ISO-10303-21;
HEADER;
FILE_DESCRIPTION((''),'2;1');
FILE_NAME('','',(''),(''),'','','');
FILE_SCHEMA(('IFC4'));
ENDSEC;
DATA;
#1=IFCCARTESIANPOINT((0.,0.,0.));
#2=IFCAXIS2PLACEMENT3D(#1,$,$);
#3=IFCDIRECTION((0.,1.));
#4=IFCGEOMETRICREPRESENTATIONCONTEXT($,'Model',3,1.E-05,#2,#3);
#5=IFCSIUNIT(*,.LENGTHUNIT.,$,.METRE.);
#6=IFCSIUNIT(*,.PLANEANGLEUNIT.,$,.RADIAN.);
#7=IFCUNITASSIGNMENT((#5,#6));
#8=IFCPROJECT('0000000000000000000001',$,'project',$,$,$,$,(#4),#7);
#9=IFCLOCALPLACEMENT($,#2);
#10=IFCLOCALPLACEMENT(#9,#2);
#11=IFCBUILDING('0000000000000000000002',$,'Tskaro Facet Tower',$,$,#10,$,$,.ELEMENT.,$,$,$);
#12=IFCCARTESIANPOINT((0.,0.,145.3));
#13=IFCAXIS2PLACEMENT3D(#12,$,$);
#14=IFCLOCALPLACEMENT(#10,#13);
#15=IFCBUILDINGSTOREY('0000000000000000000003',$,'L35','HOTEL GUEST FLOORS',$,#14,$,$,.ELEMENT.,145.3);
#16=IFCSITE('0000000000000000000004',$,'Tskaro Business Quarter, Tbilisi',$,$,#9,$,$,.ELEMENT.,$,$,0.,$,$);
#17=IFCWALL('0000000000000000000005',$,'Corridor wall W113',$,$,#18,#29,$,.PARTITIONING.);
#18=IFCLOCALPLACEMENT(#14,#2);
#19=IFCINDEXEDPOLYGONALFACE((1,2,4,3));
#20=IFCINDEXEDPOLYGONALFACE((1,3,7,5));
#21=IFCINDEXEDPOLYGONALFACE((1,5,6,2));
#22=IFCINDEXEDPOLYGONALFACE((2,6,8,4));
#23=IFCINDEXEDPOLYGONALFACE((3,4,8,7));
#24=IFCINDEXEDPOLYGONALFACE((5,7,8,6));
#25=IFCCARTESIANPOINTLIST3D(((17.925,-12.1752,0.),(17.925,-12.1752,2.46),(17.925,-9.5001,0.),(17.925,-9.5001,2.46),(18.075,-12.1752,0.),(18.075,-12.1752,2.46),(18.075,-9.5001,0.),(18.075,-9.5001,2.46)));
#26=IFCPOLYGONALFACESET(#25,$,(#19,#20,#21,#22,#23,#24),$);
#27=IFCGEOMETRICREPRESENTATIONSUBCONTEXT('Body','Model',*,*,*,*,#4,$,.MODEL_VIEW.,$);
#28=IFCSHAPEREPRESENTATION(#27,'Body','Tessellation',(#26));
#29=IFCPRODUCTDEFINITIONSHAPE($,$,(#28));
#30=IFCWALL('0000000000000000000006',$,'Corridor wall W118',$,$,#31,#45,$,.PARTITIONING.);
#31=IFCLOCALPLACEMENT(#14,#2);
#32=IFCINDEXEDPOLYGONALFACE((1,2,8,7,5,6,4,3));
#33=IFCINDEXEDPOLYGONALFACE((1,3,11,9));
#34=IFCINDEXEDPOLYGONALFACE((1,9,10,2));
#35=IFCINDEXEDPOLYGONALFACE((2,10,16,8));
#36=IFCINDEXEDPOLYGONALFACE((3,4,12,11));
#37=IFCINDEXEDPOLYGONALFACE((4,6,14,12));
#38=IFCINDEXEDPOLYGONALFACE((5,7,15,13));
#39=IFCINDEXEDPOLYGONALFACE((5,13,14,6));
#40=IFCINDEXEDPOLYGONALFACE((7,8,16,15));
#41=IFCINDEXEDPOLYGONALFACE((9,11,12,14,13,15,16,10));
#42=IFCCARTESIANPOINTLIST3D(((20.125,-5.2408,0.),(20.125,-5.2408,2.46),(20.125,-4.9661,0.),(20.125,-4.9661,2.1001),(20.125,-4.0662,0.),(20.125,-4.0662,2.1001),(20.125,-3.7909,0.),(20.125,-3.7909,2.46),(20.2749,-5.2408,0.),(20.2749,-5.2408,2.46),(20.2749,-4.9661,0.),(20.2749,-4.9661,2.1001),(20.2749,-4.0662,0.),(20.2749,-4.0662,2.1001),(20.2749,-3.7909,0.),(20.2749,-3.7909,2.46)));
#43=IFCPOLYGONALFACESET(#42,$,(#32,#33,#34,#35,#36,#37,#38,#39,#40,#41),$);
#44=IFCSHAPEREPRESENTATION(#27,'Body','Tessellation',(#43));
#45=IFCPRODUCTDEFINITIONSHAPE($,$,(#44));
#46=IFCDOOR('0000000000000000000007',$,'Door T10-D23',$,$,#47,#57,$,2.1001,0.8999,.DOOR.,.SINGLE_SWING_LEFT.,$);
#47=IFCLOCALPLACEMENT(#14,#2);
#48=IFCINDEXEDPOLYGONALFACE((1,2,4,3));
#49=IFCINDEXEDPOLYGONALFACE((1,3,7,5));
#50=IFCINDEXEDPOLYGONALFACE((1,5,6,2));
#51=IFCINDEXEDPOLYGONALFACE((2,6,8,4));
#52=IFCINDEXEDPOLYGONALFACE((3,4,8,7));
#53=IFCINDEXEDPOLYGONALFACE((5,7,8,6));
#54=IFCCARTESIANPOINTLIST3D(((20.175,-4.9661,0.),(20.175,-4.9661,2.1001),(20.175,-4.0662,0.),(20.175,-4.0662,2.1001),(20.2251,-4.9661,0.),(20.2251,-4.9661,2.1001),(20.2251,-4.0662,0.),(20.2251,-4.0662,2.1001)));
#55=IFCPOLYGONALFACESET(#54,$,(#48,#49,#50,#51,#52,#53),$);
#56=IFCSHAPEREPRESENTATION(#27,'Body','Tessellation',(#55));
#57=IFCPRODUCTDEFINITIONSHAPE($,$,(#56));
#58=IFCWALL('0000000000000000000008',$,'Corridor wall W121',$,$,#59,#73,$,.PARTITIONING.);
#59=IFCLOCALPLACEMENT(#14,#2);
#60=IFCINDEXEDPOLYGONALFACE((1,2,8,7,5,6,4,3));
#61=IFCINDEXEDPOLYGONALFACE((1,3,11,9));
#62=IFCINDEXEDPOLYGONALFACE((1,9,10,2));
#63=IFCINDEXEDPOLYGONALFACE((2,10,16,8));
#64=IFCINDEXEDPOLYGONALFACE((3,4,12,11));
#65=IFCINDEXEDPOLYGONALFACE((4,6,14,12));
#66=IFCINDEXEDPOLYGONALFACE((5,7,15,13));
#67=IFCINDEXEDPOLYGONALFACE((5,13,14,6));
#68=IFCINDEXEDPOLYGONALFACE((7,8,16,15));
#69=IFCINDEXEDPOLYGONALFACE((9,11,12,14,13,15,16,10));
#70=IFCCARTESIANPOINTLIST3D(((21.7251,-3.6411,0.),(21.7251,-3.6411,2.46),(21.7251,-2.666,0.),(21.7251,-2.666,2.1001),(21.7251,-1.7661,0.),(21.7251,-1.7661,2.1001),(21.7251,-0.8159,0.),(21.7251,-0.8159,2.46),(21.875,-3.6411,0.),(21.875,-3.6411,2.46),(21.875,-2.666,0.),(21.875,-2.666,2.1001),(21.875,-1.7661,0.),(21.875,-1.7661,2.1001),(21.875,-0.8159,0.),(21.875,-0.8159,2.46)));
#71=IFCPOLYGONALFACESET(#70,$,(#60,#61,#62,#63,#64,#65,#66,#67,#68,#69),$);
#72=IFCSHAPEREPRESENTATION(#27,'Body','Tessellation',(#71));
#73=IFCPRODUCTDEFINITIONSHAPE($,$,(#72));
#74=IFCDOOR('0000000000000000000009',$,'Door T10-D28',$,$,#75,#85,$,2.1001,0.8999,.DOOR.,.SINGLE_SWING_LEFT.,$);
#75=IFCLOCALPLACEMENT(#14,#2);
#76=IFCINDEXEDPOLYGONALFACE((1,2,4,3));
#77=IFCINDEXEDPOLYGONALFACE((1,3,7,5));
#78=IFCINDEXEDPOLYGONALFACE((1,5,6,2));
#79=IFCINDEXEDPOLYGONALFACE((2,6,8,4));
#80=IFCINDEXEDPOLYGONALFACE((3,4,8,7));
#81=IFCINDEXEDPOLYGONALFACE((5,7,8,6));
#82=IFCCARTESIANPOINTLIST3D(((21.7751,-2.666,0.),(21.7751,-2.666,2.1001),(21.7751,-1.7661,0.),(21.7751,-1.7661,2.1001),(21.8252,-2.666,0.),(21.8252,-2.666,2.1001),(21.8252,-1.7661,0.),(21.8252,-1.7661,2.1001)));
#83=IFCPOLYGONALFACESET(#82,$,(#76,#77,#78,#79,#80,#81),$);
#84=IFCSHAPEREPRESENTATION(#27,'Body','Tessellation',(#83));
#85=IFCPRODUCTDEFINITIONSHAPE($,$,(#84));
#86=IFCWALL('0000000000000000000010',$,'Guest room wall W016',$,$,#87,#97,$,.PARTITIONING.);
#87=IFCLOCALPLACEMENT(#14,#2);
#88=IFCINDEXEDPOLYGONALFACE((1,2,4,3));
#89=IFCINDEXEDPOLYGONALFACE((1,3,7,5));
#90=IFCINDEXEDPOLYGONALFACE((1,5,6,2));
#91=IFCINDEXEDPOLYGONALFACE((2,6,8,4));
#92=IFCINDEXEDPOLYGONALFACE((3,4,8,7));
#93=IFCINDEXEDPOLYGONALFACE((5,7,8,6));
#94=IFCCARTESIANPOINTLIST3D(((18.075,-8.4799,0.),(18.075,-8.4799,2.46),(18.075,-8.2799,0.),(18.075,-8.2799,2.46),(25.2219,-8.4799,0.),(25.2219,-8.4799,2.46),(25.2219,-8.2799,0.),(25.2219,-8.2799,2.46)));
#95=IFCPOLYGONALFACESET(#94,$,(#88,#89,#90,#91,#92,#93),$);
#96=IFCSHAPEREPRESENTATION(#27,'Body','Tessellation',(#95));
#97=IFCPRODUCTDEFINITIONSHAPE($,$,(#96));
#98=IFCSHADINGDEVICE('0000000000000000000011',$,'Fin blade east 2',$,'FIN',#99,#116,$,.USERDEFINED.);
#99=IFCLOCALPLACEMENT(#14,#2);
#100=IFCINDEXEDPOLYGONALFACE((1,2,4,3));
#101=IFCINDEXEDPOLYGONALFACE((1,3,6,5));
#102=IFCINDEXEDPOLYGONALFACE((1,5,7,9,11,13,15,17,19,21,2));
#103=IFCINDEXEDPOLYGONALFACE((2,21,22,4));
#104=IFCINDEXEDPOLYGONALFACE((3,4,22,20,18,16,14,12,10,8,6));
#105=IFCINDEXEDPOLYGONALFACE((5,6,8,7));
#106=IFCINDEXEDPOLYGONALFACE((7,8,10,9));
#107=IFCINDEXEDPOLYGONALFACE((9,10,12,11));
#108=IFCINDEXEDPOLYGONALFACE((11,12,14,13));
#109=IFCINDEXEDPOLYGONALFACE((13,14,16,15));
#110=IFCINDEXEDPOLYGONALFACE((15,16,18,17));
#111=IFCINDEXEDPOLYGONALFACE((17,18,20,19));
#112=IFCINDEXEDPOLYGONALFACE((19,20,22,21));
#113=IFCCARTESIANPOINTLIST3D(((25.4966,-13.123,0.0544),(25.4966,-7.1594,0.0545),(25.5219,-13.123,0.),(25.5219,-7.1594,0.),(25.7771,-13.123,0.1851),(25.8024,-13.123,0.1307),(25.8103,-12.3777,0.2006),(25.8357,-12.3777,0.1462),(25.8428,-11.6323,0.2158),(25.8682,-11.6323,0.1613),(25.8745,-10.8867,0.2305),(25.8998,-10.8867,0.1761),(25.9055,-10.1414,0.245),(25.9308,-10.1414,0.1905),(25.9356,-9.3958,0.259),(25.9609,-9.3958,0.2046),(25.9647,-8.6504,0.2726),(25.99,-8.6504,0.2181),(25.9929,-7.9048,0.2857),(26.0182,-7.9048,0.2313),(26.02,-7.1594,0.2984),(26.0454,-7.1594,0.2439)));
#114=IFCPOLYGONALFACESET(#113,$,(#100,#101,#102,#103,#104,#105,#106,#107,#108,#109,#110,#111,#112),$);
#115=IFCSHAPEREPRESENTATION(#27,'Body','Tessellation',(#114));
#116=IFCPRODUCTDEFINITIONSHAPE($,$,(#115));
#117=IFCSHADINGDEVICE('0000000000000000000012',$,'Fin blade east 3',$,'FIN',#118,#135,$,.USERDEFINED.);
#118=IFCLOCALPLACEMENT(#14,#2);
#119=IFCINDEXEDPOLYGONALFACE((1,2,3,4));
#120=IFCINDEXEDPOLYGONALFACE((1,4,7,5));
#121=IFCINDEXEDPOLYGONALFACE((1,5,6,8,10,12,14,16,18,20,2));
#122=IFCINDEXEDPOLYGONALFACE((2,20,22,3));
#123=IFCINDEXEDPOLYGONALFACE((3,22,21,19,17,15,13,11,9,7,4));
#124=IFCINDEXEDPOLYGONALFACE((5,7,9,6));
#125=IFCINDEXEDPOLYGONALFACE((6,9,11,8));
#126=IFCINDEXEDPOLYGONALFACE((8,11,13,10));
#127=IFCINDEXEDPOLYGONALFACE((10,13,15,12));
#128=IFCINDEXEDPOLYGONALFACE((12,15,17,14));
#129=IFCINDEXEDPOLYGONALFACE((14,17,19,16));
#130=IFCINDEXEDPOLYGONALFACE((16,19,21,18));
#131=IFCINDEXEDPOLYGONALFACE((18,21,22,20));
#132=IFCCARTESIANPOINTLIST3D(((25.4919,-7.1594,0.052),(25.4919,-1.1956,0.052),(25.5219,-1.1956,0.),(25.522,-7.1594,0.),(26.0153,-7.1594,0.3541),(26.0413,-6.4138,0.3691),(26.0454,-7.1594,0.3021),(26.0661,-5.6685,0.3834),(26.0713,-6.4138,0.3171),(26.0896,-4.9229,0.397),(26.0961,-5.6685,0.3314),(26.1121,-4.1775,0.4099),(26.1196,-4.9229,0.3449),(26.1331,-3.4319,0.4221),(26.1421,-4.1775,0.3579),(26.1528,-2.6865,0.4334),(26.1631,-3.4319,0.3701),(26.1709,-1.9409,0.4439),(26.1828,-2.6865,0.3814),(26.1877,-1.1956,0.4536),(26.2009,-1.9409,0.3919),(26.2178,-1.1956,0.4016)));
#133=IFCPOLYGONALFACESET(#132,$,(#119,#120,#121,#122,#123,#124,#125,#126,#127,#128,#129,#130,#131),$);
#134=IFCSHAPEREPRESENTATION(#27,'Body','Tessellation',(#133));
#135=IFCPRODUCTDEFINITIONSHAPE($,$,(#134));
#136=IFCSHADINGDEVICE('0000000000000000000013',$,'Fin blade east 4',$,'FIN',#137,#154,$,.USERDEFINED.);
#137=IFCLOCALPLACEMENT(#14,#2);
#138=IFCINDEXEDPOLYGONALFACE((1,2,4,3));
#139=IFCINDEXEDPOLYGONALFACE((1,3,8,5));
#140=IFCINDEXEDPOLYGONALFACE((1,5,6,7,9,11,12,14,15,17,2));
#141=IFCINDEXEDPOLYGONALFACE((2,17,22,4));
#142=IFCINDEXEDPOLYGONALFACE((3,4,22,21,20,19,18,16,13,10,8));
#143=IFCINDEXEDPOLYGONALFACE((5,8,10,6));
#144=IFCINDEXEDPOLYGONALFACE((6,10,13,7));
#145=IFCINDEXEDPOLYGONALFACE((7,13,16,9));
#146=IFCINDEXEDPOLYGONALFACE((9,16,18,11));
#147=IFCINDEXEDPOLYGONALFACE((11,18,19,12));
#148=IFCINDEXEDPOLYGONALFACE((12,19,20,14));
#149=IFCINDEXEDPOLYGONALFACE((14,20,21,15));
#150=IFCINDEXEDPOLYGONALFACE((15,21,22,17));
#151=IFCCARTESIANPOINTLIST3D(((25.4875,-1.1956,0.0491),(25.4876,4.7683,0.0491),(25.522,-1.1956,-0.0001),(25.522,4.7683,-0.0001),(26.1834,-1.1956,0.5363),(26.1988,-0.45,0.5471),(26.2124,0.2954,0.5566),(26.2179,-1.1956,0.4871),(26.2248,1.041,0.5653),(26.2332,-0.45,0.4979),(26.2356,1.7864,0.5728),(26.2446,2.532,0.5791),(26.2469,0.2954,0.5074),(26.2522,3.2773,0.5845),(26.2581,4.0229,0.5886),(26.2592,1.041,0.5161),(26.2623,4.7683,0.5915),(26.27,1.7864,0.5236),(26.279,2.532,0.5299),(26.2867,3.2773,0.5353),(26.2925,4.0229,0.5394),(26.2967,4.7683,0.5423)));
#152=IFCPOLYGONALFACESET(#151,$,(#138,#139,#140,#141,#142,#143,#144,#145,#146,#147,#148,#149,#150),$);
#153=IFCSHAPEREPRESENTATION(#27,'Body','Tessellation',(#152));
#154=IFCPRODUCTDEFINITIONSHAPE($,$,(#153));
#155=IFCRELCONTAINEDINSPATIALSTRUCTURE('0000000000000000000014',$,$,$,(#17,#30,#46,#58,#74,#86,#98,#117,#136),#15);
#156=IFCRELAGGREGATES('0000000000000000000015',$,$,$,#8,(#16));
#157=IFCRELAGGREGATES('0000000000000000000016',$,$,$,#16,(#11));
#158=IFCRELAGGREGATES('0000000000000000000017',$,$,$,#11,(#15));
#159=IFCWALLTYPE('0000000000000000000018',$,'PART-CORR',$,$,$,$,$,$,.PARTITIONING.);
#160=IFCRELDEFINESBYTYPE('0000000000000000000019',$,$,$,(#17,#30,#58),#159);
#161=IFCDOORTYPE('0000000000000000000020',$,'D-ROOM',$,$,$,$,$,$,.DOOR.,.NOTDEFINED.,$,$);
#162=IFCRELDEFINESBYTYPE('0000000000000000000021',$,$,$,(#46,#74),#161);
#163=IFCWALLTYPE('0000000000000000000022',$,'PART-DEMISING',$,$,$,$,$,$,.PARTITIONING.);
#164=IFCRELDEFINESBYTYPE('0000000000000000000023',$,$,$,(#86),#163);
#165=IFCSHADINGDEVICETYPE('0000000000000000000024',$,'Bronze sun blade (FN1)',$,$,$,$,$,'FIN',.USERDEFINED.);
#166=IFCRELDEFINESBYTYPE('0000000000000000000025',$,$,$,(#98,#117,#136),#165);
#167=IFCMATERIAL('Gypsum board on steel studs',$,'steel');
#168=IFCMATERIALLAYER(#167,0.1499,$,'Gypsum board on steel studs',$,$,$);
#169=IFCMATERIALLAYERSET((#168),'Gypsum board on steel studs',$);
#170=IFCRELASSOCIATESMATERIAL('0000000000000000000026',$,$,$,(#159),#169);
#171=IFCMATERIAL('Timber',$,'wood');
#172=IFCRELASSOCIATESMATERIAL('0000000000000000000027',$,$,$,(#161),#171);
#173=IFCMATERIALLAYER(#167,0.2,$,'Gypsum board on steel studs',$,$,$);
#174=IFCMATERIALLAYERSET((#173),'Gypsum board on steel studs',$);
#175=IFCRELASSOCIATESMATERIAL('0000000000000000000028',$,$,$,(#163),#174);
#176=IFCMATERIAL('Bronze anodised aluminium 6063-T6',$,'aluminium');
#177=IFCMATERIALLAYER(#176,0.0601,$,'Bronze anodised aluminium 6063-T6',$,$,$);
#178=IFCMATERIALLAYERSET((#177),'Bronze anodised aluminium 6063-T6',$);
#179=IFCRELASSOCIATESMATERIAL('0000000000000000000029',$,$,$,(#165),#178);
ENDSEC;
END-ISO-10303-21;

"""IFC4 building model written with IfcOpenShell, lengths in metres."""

from ifc_helpers import new_model, si_unit, direction, frame, frame_2d, origin, place, context, subcontext, project, spatial, polyline, rectangle, outline, extrude, material, layer, layer_set, type_object, element, fill, save


model = new_model("IFC4")

# Units and contexts
model_context = context("Model", 3, precision=1e-05, world=origin(), true_north=direction((0.0, 1.0)))
body_context = subcontext(model_context, "Body", "Model", "MODEL_VIEW")
ifc_project = project(units=[si_unit("LENGTHUNIT", "METRE"), si_unit("PLANEANGLEUNIT", "RADIAN")], contexts=[model_context])

# Site, building, storey
site_placement = place(None, origin())
site = spatial("IfcSite", under=ifc_project, at=site_placement, Name="Tskaro Business Quarter, Tbilisi", CompositionType="ELEMENT", RefElevation=0.0)
building_placement = place(site_placement, origin())
building = spatial("IfcBuilding", under=site, at=building_placement, Name="Tskaro Facet Tower", CompositionType="ELEMENT")
storey_placement = place(building_placement, frame((0.0, 0.0, 145.3)))
storey = spatial("IfcBuildingStorey", under=building, at=storey_placement, Name="L35", Description="HOTEL GUEST FLOORS", CompositionType="ELEMENT", Elevation=145.3)

# Shared definitions
ifc_material_1 = material(Name="Bronze anodised aluminium 6063-T6", Category="aluminium")

# Shared definitions
ifc_material_2 = material(Name="Gypsum board on steel studs", Category="steel")
ifc_layer_1 = layer(ifc_material_2, 0.1499, Name="Gypsum board on steel studs")
ifc_layer_set_1 = layer_set([ifc_layer_1], Name="Gypsum board on steel studs")
wall_type_1 = type_object("IfcWallType", Name="PART-CORR", PredefinedType="PARTITIONING", material=ifc_layer_set_1)
ifc_material_3 = material(Name="Timber", Category="wood")
door_type = type_object("IfcDoorType", Name="D-ROOM", OperationType="NOTDEFINED", PredefinedType="DOOR", material=ifc_material_3)

# Wall
wall_1_placement = place(storey_placement, frame((18.0, -12.175, 0.0), z_axis=(0.0, 0.0, 1.0), x_axis=(0.0, 1.0, 0.0)))
element("IfcWall", 1, at=wall_1_placement, inside=storey, type_object=wall_type_1, Name="Corridor wall W113", PredefinedType="PARTITIONING", context=body_context, shape_type="SweptSolid", body=[
    extrude(rectangle(XDim=2.675, YDim=0.1499, at=frame_2d((1.3374, 0.0))), origin(), (0.0, 0.0, 1.0), 2.46),
])

# Walls, openings, doors
wall_2_placement = place(storey_placement, frame((20.2, -5.241, 0.0), z_axis=(0.0, 0.0, 1.0), x_axis=(0.0, 1.0, 0.0)))
wall_2 = element("IfcWall", 2, at=wall_2_placement, inside=storey, type_object=wall_type_1, Name="Corridor wall W118", PredefinedType="PARTITIONING", context=body_context, shape_type="SweptSolid", body=[
    extrude(rectangle(XDim=1.45, YDim=0.1499, at=frame_2d((0.7251, 0.0))), origin(), (0.0, 0.0, 1.0), 2.46),
])
opening_1_placement = place(wall_2_placement, frame((0.2749, 0.0, 0.0)))
opening_1 = element("IfcOpeningElement", 3, at=opening_1_placement, cuts=wall_2, PredefinedType="OPENING", context=body_context, shape_type="SweptSolid", body=[
    extrude(rectangle(XDim=0.8999, YDim=2.1001, at=frame_2d((0.45, 1.05))), frame((0.0, 0.085, 0.0), z_axis=(0.0, -1.0, 0.0), x_axis=(1.0, 0.0, 0.0)), (0.0, 0.0, 1.0), 0.1699),
])
door_1_placement = place(opening_1_placement, origin())
door_1 = element("IfcDoor", 4, at=door_1_placement, inside=storey, type_object=door_type, Name="Door T10-D23", OperationType="SINGLE_SWING_LEFT", OverallHeight=2.1001, OverallWidth=0.8999, PredefinedType="DOOR", context=body_context, shape_type="SweptSolid", body=[
    extrude(rectangle(XDim=0.8999, YDim=2.1001, at=frame_2d((0.45, 1.05))), frame((0.0, 0.0249, 0.0), z_axis=(0.0, -1.0, 0.0), x_axis=(1.0, 0.0, 0.0)), (0.0, 0.0, 1.0), 0.05),
])
fill(opening_1, door_1)
wall_3_placement = place(storey_placement, frame((21.8, -3.6411, 0.0), z_axis=(0.0, 0.0, 1.0), x_axis=(0.0, 1.0, 0.0)))
wall_3 = element("IfcWall", 5, at=wall_3_placement, inside=storey, type_object=wall_type_1, Name="Corridor wall W121", PredefinedType="PARTITIONING", context=body_context, shape_type="SweptSolid", body=[
    extrude(rectangle(XDim=2.8252, YDim=0.1499, at=frame_2d((1.4126, 0.0))), origin(), (0.0, 0.0, 1.0), 2.46),
])
opening_2_placement = place(wall_3_placement, frame((0.9751, 0.0, 0.0)))
opening_2 = element("IfcOpeningElement", 6, at=opening_2_placement, cuts=wall_3, PredefinedType="OPENING", context=body_context, shape_type="SweptSolid", body=[
    extrude(rectangle(XDim=0.8999, YDim=2.1001, at=frame_2d((0.45, 1.05))), frame((0.0, 0.085, 0.0), z_axis=(0.0, -1.0, 0.0), x_axis=(1.0, 0.0, 0.0)), (0.0, 0.0, 1.0), 0.1699),
])
door_2_placement = place(opening_2_placement, origin())
door_2 = element("IfcDoor", 7, at=door_2_placement, inside=storey, type_object=door_type, Name="Door T10-D28", OperationType="SINGLE_SWING_LEFT", OverallHeight=2.1001, OverallWidth=0.8999, PredefinedType="DOOR", context=body_context, shape_type="SweptSolid", body=[
    extrude(rectangle(XDim=0.8999, YDim=2.1001, at=frame_2d((0.45, 1.05))), frame((0.0, 0.0249, 0.0), z_axis=(0.0, -1.0, 0.0), x_axis=(1.0, 0.0, 0.0)), (0.0, 0.0, 1.0), 0.05),
])
fill(opening_2, door_2)

# Wall
ifc_layer_2 = layer(ifc_material_2, 0.2, Name="Gypsum board on steel studs")
ifc_layer_set_2 = layer_set([ifc_layer_2], Name="Gypsum board on steel studs")
wall_type_2 = type_object("IfcWallType", Name="PART-DEMISING", PredefinedType="PARTITIONING", material=ifc_layer_set_2)
wall_4_placement = place(storey_placement, frame((18.075, -8.3799, 0.0), z_axis=(0.0, 0.0, 1.0), x_axis=(1.0, 0.0, 0.0)))
element("IfcWall", 8, at=wall_4_placement, inside=storey, type_object=wall_type_2, Name="Guest room wall W016", PredefinedType="PARTITIONING", context=body_context, shape_type="SweptSolid", body=[
    extrude(rectangle(XDim=7.147, YDim=0.2, at=frame_2d((3.5735, 0.0))), origin(), (0.0, 0.0, 1.0), 2.46),
])

# Shading devices
ifc_layer_3 = layer(ifc_material_1, 0.0601, Name="Bronze anodised aluminium 6063-T6")
ifc_layer_set_3 = layer_set([ifc_layer_3], Name="Bronze anodised aluminium 6063-T6")
shading_device_type = type_object("IfcShadingDeviceType", Name="Bronze sun blade (FN1)", ElementType="FIN", PredefinedType="USERDEFINED", material=ifc_layer_set_3)
shading_device_1_placement = place(storey_placement, frame((25.4966, -13.123, 0.0544), z_axis=(-0.422369, -0.000004, 0.906424), x_axis=(-0.000002, 1.0, 0.000004)))
element("IfcShadingDevice", 9, at=shading_device_1_placement, inside=storey, type_object=shading_device_type, Name="Fin blade east 2", ObjectType="FIN", PredefinedType="USERDEFINED", context=body_context, shape_type="SweptSolid", body=[
    extrude(outline(polyline([(0.0, 0.0), (5.9636, 0.0), (5.9636, -0.5775), (5.2183, -0.5475), (4.4727, -0.5164), (3.7273, -0.4843), (2.9817, -0.4511), (2.2363, -0.4169), (1.4907, -0.382), (0.7454, -0.3461), (0.0, -0.3094), (0.0, 0.0)])), origin(), (0.0, 0.0, -1.0), 0.0601),
])
shading_device_2_placement = place(storey_placement, frame((25.4919, -7.1594, 0.052), z_axis=(-0.49987, -0.000009, 0.866101), x_axis=(-0.000004, 1.0, 0.000007)))
element("IfcShadingDevice", 10, at=shading_device_2_placement, inside=storey, type_object=shading_device_type, Name="Fin blade east 3", ObjectType="FIN", PredefinedType="USERDEFINED", context=body_context, shape_type="SweptSolid", body=[
    extrude(outline(polyline([(0.0, 0.0), (5.9639, 0.0), (5.9639, -0.8034), (5.2185, -0.7839), (4.4729, -0.763), (3.7275, -0.7403), (2.9819, -0.716), (2.2366, -0.6901), (1.491, -0.6629), (0.7456, -0.6343), (0.0, -0.6043), (0.0, 0.0)])), origin(), (0.0, 0.0, -1.0), 0.0601),
])
shading_device_3_placement = place(storey_placement, frame((25.4875, -1.1956, 0.0491), z_axis=(-0.573563, 0.000002, 0.819162), x_axis=(0.000001, 1.0, -0.000002)))
element("IfcShadingDevice", 11, at=shading_device_3_placement, inside=storey, type_object=shading_device_type, Name="Fin blade east 4", ObjectType="FIN", PredefinedType="USERDEFINED", context=body_context, shape_type="SweptSolid", body=[
    extrude(outline(polyline([(0.0, 0.0), (5.9639, 0.0), (5.9639, -0.9457), (5.2185, -0.9406), (4.4729, -0.9335), (3.7275, -0.9242), (2.9819, -0.9131), (2.2366, -0.9), (1.491, -0.8849), (0.7456, -0.8682), (0.0, -0.8495), (0.0, 0.0)])), origin(), (0.0, 0.0, -1.0), 0.0601),
])

save(model, "model.ifc")
